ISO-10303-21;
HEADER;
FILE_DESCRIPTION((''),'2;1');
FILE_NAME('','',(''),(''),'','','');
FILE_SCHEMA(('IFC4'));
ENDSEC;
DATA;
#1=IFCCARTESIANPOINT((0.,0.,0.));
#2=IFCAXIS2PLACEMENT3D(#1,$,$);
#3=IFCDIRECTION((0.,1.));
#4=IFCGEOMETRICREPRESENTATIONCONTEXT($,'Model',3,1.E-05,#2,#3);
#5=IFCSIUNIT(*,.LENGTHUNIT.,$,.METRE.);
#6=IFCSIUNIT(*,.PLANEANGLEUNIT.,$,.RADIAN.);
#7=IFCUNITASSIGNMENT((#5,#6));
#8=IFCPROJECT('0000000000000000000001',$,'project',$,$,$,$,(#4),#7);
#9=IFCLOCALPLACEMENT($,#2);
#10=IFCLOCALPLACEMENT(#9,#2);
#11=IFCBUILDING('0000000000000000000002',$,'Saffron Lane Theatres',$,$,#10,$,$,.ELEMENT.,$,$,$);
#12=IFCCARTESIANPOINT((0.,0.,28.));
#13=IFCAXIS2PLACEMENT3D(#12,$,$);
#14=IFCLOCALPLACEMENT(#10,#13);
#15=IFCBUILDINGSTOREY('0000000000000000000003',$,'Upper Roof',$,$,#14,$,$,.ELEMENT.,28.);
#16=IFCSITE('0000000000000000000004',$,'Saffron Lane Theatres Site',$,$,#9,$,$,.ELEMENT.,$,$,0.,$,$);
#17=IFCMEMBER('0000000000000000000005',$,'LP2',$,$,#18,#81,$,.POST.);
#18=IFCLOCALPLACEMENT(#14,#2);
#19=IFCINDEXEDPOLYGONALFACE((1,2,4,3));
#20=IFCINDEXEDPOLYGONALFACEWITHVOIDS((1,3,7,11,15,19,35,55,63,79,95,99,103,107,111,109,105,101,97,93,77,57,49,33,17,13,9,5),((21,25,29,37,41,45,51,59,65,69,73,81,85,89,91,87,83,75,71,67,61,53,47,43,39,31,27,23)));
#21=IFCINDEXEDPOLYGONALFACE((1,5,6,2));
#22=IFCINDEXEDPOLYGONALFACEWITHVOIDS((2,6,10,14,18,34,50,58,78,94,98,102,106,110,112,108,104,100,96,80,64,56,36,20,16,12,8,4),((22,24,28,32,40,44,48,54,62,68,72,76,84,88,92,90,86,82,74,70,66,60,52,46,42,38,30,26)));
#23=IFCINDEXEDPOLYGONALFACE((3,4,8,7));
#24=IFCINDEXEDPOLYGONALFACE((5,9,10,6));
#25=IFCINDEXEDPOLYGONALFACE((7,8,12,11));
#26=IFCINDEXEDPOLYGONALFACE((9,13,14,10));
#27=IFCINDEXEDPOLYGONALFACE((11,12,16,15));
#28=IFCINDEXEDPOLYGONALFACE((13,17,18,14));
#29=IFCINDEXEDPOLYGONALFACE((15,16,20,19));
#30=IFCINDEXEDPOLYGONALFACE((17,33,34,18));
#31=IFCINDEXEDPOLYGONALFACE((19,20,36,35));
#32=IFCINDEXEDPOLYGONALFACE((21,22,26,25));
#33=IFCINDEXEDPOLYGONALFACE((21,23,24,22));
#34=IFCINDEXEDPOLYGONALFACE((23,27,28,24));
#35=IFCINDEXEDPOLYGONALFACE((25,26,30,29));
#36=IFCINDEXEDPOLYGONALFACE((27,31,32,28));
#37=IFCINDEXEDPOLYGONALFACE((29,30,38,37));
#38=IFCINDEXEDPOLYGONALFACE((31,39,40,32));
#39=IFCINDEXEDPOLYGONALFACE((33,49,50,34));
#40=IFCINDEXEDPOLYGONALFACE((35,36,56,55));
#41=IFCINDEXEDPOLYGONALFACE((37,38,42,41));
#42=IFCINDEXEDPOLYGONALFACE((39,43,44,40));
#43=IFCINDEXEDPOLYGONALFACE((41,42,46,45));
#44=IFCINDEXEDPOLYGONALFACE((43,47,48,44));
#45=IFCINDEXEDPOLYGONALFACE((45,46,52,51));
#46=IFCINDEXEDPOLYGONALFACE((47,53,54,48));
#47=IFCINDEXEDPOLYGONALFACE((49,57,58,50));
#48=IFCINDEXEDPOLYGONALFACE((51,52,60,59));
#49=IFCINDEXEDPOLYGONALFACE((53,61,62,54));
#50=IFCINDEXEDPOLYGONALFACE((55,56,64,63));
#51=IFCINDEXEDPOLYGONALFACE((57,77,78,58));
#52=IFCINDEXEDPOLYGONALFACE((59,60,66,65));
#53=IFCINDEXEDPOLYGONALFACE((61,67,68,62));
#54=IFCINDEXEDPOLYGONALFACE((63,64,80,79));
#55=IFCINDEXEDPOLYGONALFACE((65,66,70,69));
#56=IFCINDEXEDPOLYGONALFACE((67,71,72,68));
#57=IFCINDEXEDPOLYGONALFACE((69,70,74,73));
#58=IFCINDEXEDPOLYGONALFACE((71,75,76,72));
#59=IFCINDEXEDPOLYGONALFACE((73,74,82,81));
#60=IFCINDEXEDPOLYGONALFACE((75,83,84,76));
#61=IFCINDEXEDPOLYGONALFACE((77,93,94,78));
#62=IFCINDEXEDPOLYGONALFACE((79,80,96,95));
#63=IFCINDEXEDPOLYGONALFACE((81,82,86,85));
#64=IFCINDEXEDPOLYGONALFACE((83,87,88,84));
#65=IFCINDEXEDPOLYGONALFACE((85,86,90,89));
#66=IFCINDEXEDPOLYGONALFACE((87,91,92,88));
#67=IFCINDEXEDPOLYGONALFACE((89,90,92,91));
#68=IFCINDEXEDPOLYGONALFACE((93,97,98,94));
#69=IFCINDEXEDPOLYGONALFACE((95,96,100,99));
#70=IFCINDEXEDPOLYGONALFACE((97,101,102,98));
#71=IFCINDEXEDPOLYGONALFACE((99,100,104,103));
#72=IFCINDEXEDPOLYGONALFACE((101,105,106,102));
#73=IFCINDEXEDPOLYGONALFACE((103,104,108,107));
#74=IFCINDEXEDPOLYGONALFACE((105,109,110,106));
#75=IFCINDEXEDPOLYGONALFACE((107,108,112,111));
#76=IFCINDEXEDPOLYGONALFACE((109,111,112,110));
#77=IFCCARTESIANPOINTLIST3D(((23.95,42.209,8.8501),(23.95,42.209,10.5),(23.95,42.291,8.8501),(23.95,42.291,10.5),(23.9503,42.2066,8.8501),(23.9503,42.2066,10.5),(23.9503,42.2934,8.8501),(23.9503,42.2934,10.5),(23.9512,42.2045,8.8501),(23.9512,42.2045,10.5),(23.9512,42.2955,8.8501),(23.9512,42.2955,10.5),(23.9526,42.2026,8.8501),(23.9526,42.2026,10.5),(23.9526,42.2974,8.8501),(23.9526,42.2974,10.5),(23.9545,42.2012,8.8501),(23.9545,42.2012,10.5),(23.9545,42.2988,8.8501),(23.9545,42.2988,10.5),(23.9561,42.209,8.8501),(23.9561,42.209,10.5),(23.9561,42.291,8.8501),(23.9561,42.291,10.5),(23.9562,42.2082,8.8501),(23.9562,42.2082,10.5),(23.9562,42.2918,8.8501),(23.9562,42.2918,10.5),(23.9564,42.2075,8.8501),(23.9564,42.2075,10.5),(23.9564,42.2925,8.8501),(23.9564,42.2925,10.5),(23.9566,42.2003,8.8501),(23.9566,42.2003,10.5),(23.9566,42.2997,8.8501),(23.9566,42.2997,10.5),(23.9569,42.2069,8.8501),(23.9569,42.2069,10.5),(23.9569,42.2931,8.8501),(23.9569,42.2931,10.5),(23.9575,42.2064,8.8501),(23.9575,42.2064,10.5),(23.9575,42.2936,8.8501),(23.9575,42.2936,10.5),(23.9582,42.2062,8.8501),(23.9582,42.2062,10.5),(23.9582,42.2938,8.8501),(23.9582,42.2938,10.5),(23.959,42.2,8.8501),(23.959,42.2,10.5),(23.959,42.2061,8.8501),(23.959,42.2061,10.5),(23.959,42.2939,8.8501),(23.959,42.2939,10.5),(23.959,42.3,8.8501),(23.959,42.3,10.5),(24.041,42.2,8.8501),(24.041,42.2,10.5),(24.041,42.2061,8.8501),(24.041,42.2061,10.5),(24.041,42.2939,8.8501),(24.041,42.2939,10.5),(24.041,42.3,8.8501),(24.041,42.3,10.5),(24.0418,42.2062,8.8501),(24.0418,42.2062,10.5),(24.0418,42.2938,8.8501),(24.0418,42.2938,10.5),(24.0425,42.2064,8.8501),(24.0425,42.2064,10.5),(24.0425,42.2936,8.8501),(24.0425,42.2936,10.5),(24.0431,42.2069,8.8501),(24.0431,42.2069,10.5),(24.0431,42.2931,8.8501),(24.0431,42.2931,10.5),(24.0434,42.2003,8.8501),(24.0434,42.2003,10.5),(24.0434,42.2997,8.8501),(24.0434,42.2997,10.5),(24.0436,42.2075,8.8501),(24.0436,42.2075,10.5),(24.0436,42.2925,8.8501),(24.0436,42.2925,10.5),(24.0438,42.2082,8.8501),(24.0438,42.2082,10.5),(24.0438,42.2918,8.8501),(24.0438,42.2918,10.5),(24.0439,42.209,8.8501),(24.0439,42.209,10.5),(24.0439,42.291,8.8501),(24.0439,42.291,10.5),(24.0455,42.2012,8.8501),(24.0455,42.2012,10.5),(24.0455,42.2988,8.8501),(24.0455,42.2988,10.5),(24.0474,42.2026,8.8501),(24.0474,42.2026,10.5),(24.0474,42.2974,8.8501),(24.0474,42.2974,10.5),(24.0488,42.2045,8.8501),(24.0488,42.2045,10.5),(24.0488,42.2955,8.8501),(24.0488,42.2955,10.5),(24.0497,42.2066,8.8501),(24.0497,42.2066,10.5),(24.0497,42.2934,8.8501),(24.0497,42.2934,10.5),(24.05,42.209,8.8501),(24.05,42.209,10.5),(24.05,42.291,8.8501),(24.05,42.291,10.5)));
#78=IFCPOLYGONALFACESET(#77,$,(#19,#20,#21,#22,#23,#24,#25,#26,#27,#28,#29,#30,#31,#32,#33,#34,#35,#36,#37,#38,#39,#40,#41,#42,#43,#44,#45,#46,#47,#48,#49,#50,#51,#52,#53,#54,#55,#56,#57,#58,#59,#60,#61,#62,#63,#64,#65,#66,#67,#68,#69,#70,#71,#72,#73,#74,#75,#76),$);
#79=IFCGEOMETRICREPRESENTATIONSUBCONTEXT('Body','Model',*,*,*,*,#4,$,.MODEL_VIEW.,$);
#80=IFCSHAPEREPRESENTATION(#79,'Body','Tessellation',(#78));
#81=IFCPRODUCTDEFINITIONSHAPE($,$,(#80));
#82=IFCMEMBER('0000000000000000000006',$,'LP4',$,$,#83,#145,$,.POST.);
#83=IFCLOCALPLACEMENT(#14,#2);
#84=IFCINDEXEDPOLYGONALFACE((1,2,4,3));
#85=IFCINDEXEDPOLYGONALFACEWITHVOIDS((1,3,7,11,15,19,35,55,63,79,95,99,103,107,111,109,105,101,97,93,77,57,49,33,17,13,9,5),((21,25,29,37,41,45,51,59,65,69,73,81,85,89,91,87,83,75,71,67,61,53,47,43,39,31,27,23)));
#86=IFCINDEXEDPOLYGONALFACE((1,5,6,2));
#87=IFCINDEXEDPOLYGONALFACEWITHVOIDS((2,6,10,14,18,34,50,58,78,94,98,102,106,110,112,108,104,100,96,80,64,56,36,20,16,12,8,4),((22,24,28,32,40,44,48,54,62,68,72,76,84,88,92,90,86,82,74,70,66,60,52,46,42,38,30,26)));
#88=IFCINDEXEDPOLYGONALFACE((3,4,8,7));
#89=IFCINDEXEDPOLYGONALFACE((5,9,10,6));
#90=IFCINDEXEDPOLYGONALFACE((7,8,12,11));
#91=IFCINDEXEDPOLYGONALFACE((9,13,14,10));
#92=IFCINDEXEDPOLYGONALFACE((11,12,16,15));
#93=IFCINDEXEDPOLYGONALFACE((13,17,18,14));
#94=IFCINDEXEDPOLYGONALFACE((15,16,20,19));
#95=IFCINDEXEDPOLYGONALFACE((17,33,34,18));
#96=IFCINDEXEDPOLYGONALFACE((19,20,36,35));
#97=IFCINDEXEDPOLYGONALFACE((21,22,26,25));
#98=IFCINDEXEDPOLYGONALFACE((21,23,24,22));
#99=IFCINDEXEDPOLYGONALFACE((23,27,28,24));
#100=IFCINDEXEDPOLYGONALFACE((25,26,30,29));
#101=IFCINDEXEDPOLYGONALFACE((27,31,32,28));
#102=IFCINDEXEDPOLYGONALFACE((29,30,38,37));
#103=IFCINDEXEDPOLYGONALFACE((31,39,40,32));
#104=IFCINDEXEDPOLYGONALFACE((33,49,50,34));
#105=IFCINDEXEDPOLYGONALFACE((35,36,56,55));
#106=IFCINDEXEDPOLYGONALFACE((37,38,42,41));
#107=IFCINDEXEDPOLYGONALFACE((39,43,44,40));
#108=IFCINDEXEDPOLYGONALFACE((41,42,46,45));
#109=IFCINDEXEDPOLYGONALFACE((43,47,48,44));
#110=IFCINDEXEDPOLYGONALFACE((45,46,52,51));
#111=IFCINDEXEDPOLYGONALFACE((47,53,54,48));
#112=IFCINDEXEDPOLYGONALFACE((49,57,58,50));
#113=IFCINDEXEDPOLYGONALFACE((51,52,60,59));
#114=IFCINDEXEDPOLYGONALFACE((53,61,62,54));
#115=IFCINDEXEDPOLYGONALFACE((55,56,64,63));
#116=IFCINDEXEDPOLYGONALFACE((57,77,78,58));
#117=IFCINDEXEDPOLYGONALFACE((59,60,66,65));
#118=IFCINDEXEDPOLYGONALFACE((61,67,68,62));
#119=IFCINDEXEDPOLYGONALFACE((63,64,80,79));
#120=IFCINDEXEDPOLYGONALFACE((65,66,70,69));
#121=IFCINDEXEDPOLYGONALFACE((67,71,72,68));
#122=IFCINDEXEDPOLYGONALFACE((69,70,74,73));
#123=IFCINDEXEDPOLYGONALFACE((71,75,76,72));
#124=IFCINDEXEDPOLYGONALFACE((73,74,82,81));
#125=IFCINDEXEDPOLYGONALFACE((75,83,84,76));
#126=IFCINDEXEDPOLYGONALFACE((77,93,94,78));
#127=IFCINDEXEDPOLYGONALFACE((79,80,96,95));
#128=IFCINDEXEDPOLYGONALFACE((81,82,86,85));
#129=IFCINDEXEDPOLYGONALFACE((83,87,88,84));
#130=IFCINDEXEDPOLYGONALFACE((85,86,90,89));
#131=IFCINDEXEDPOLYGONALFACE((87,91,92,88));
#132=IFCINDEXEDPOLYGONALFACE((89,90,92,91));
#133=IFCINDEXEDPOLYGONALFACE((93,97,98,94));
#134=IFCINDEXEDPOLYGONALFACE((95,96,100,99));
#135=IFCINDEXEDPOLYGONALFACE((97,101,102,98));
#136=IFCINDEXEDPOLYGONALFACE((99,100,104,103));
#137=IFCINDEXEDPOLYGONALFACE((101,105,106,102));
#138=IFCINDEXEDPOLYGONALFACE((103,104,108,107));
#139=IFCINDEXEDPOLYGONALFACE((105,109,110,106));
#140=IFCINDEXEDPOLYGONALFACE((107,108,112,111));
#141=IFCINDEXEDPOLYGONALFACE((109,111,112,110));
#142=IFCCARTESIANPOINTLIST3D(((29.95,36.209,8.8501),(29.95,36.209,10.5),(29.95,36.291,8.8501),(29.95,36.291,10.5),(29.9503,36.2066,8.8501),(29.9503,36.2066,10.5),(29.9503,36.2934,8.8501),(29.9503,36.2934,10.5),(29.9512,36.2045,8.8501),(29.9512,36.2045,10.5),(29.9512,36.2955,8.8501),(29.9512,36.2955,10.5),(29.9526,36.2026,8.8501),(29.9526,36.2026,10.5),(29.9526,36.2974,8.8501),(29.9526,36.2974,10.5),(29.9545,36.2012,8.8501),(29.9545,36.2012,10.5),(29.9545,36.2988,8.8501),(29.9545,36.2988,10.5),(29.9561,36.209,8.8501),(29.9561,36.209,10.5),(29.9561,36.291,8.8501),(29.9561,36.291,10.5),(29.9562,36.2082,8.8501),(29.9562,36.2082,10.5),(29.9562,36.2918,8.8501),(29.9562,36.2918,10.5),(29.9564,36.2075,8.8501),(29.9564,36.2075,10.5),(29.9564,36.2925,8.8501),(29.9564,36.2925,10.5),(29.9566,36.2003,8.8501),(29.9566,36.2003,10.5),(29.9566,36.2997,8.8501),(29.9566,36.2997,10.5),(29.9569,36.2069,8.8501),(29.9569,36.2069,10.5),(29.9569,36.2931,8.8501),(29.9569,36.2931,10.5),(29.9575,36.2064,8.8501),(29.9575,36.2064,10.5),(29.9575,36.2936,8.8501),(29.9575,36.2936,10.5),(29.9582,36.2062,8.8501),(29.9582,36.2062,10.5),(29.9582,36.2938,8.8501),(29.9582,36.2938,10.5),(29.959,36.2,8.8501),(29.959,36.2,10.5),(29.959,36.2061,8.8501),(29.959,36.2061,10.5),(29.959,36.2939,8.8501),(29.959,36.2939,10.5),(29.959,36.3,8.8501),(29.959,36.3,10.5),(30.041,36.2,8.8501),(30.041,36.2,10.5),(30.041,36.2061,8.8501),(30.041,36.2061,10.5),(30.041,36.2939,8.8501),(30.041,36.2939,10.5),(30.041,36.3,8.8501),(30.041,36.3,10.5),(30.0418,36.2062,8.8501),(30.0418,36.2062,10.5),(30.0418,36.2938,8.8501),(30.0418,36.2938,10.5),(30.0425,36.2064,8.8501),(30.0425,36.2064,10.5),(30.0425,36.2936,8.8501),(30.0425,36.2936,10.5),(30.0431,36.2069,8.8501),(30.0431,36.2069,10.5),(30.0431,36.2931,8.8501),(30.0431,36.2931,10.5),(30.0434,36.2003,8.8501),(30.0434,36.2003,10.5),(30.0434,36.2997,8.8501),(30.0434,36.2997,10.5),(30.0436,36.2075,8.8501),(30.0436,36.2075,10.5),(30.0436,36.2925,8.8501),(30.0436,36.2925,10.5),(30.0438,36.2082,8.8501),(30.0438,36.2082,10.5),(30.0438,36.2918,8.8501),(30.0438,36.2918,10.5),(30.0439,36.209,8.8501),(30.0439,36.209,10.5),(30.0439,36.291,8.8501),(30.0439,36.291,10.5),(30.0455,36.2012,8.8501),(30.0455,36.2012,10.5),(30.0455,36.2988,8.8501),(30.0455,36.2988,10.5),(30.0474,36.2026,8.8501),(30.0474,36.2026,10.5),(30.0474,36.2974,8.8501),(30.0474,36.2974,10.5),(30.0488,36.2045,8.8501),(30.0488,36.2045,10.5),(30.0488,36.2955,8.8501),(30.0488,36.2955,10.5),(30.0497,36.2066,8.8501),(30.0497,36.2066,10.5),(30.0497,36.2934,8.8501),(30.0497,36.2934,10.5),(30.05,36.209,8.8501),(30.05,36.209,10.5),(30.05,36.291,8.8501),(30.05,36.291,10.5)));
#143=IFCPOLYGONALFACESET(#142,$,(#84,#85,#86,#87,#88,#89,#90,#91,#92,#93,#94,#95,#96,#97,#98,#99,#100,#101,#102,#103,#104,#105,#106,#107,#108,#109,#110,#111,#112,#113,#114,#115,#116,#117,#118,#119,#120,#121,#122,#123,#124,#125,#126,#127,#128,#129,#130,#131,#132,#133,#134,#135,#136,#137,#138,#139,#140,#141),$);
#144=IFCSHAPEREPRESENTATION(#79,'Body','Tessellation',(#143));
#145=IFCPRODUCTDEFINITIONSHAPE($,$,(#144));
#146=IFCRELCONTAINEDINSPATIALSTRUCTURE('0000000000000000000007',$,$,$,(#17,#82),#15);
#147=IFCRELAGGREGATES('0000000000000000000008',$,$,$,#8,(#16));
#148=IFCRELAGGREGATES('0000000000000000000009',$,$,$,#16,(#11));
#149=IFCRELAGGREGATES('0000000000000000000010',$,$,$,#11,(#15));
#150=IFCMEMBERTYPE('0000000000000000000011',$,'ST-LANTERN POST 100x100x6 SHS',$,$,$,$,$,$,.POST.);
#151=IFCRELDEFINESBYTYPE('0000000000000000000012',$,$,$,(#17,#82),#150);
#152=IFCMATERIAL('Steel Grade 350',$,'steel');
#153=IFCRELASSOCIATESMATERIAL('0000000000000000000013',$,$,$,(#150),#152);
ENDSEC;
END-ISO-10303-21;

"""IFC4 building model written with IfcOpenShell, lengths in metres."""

from ifc_helpers import new_model, si_unit, direction, frame, origin, origin_2d, place, context, subcontext, project, spatial, hollow_rectangle, extrude, material, material_profile, profile_set, type_object, element, save


model = new_model("IFC4")

# Units and contexts
model_context = context("Model", 3, precision=1e-05, world=origin(), true_north=direction((0.0, 1.0)))
body_context = subcontext(model_context, "Body", "Model", "MODEL_VIEW")
ifc_project = project(units=[si_unit("LENGTHUNIT", "METRE"), si_unit("PLANEANGLEUNIT", "RADIAN")], contexts=[model_context])

# Site, building, storey
site_placement = place(None, origin())
site = spatial("IfcSite", under=ifc_project, at=site_placement, Name="Saffron Lane Theatres Site", CompositionType="ELEMENT", RefElevation=0.0)
building_placement = place(site_placement, origin())
building = spatial("IfcBuilding", under=site, at=building_placement, Name="Saffron Lane Theatres", CompositionType="ELEMENT")
storey_placement = place(building_placement, frame((0.0, 0.0, 28.0)))
storey = spatial("IfcBuildingStorey", under=building, at=storey_placement, Name="Upper Roof", CompositionType="ELEMENT", Elevation=28.0)

# Members
ifc_material_1 = material(Name="Steel Grade 350", Category="steel")
ifc_material_profile_1 = material_profile(ifc_material_1, hollow_rectangle(XDim=0.1001, YDim=0.1001, WallThickness=0.0061, InnerFilletRadius=0.0029, OuterFilletRadius=0.009, at=origin_2d()))
ifc_profile_set_1 = profile_set([ifc_material_profile_1], Name="Steel Grade 350")
member_type_1 = type_object("IfcMemberType", Name="ST-LANTERN POST 100x100x6 SHS", PredefinedType="POST", material=ifc_profile_set_1)
for number, where, z_axis, x_axis, name in (
    (1, (24.0, 42.25, 8.8501), (0.0, 0.0, 1.0), (1.0, 0.0, 0.0), "LP2"),
    (2, (30.0, 36.25, 8.8501), (0.0, 0.0, 1.0), (1.0, 0.0, 0.0), "LP4"),
):
    element("IfcMember", number, at=place(storey_placement, frame(where, z_axis=z_axis, x_axis=x_axis)), inside=storey, type_object=member_type_1, Name=name, PredefinedType="POST", context=body_context, shape_type="SweptSolid", body=[
        extrude(hollow_rectangle(XDim=0.1001, YDim=0.1001, WallThickness=0.0061, InnerFilletRadius=0.0029, OuterFilletRadius=0.009, at=origin_2d()), origin(), (0.0, 0.0, 1.0), 1.6499),
    ])

save(model, "model.ifc")
